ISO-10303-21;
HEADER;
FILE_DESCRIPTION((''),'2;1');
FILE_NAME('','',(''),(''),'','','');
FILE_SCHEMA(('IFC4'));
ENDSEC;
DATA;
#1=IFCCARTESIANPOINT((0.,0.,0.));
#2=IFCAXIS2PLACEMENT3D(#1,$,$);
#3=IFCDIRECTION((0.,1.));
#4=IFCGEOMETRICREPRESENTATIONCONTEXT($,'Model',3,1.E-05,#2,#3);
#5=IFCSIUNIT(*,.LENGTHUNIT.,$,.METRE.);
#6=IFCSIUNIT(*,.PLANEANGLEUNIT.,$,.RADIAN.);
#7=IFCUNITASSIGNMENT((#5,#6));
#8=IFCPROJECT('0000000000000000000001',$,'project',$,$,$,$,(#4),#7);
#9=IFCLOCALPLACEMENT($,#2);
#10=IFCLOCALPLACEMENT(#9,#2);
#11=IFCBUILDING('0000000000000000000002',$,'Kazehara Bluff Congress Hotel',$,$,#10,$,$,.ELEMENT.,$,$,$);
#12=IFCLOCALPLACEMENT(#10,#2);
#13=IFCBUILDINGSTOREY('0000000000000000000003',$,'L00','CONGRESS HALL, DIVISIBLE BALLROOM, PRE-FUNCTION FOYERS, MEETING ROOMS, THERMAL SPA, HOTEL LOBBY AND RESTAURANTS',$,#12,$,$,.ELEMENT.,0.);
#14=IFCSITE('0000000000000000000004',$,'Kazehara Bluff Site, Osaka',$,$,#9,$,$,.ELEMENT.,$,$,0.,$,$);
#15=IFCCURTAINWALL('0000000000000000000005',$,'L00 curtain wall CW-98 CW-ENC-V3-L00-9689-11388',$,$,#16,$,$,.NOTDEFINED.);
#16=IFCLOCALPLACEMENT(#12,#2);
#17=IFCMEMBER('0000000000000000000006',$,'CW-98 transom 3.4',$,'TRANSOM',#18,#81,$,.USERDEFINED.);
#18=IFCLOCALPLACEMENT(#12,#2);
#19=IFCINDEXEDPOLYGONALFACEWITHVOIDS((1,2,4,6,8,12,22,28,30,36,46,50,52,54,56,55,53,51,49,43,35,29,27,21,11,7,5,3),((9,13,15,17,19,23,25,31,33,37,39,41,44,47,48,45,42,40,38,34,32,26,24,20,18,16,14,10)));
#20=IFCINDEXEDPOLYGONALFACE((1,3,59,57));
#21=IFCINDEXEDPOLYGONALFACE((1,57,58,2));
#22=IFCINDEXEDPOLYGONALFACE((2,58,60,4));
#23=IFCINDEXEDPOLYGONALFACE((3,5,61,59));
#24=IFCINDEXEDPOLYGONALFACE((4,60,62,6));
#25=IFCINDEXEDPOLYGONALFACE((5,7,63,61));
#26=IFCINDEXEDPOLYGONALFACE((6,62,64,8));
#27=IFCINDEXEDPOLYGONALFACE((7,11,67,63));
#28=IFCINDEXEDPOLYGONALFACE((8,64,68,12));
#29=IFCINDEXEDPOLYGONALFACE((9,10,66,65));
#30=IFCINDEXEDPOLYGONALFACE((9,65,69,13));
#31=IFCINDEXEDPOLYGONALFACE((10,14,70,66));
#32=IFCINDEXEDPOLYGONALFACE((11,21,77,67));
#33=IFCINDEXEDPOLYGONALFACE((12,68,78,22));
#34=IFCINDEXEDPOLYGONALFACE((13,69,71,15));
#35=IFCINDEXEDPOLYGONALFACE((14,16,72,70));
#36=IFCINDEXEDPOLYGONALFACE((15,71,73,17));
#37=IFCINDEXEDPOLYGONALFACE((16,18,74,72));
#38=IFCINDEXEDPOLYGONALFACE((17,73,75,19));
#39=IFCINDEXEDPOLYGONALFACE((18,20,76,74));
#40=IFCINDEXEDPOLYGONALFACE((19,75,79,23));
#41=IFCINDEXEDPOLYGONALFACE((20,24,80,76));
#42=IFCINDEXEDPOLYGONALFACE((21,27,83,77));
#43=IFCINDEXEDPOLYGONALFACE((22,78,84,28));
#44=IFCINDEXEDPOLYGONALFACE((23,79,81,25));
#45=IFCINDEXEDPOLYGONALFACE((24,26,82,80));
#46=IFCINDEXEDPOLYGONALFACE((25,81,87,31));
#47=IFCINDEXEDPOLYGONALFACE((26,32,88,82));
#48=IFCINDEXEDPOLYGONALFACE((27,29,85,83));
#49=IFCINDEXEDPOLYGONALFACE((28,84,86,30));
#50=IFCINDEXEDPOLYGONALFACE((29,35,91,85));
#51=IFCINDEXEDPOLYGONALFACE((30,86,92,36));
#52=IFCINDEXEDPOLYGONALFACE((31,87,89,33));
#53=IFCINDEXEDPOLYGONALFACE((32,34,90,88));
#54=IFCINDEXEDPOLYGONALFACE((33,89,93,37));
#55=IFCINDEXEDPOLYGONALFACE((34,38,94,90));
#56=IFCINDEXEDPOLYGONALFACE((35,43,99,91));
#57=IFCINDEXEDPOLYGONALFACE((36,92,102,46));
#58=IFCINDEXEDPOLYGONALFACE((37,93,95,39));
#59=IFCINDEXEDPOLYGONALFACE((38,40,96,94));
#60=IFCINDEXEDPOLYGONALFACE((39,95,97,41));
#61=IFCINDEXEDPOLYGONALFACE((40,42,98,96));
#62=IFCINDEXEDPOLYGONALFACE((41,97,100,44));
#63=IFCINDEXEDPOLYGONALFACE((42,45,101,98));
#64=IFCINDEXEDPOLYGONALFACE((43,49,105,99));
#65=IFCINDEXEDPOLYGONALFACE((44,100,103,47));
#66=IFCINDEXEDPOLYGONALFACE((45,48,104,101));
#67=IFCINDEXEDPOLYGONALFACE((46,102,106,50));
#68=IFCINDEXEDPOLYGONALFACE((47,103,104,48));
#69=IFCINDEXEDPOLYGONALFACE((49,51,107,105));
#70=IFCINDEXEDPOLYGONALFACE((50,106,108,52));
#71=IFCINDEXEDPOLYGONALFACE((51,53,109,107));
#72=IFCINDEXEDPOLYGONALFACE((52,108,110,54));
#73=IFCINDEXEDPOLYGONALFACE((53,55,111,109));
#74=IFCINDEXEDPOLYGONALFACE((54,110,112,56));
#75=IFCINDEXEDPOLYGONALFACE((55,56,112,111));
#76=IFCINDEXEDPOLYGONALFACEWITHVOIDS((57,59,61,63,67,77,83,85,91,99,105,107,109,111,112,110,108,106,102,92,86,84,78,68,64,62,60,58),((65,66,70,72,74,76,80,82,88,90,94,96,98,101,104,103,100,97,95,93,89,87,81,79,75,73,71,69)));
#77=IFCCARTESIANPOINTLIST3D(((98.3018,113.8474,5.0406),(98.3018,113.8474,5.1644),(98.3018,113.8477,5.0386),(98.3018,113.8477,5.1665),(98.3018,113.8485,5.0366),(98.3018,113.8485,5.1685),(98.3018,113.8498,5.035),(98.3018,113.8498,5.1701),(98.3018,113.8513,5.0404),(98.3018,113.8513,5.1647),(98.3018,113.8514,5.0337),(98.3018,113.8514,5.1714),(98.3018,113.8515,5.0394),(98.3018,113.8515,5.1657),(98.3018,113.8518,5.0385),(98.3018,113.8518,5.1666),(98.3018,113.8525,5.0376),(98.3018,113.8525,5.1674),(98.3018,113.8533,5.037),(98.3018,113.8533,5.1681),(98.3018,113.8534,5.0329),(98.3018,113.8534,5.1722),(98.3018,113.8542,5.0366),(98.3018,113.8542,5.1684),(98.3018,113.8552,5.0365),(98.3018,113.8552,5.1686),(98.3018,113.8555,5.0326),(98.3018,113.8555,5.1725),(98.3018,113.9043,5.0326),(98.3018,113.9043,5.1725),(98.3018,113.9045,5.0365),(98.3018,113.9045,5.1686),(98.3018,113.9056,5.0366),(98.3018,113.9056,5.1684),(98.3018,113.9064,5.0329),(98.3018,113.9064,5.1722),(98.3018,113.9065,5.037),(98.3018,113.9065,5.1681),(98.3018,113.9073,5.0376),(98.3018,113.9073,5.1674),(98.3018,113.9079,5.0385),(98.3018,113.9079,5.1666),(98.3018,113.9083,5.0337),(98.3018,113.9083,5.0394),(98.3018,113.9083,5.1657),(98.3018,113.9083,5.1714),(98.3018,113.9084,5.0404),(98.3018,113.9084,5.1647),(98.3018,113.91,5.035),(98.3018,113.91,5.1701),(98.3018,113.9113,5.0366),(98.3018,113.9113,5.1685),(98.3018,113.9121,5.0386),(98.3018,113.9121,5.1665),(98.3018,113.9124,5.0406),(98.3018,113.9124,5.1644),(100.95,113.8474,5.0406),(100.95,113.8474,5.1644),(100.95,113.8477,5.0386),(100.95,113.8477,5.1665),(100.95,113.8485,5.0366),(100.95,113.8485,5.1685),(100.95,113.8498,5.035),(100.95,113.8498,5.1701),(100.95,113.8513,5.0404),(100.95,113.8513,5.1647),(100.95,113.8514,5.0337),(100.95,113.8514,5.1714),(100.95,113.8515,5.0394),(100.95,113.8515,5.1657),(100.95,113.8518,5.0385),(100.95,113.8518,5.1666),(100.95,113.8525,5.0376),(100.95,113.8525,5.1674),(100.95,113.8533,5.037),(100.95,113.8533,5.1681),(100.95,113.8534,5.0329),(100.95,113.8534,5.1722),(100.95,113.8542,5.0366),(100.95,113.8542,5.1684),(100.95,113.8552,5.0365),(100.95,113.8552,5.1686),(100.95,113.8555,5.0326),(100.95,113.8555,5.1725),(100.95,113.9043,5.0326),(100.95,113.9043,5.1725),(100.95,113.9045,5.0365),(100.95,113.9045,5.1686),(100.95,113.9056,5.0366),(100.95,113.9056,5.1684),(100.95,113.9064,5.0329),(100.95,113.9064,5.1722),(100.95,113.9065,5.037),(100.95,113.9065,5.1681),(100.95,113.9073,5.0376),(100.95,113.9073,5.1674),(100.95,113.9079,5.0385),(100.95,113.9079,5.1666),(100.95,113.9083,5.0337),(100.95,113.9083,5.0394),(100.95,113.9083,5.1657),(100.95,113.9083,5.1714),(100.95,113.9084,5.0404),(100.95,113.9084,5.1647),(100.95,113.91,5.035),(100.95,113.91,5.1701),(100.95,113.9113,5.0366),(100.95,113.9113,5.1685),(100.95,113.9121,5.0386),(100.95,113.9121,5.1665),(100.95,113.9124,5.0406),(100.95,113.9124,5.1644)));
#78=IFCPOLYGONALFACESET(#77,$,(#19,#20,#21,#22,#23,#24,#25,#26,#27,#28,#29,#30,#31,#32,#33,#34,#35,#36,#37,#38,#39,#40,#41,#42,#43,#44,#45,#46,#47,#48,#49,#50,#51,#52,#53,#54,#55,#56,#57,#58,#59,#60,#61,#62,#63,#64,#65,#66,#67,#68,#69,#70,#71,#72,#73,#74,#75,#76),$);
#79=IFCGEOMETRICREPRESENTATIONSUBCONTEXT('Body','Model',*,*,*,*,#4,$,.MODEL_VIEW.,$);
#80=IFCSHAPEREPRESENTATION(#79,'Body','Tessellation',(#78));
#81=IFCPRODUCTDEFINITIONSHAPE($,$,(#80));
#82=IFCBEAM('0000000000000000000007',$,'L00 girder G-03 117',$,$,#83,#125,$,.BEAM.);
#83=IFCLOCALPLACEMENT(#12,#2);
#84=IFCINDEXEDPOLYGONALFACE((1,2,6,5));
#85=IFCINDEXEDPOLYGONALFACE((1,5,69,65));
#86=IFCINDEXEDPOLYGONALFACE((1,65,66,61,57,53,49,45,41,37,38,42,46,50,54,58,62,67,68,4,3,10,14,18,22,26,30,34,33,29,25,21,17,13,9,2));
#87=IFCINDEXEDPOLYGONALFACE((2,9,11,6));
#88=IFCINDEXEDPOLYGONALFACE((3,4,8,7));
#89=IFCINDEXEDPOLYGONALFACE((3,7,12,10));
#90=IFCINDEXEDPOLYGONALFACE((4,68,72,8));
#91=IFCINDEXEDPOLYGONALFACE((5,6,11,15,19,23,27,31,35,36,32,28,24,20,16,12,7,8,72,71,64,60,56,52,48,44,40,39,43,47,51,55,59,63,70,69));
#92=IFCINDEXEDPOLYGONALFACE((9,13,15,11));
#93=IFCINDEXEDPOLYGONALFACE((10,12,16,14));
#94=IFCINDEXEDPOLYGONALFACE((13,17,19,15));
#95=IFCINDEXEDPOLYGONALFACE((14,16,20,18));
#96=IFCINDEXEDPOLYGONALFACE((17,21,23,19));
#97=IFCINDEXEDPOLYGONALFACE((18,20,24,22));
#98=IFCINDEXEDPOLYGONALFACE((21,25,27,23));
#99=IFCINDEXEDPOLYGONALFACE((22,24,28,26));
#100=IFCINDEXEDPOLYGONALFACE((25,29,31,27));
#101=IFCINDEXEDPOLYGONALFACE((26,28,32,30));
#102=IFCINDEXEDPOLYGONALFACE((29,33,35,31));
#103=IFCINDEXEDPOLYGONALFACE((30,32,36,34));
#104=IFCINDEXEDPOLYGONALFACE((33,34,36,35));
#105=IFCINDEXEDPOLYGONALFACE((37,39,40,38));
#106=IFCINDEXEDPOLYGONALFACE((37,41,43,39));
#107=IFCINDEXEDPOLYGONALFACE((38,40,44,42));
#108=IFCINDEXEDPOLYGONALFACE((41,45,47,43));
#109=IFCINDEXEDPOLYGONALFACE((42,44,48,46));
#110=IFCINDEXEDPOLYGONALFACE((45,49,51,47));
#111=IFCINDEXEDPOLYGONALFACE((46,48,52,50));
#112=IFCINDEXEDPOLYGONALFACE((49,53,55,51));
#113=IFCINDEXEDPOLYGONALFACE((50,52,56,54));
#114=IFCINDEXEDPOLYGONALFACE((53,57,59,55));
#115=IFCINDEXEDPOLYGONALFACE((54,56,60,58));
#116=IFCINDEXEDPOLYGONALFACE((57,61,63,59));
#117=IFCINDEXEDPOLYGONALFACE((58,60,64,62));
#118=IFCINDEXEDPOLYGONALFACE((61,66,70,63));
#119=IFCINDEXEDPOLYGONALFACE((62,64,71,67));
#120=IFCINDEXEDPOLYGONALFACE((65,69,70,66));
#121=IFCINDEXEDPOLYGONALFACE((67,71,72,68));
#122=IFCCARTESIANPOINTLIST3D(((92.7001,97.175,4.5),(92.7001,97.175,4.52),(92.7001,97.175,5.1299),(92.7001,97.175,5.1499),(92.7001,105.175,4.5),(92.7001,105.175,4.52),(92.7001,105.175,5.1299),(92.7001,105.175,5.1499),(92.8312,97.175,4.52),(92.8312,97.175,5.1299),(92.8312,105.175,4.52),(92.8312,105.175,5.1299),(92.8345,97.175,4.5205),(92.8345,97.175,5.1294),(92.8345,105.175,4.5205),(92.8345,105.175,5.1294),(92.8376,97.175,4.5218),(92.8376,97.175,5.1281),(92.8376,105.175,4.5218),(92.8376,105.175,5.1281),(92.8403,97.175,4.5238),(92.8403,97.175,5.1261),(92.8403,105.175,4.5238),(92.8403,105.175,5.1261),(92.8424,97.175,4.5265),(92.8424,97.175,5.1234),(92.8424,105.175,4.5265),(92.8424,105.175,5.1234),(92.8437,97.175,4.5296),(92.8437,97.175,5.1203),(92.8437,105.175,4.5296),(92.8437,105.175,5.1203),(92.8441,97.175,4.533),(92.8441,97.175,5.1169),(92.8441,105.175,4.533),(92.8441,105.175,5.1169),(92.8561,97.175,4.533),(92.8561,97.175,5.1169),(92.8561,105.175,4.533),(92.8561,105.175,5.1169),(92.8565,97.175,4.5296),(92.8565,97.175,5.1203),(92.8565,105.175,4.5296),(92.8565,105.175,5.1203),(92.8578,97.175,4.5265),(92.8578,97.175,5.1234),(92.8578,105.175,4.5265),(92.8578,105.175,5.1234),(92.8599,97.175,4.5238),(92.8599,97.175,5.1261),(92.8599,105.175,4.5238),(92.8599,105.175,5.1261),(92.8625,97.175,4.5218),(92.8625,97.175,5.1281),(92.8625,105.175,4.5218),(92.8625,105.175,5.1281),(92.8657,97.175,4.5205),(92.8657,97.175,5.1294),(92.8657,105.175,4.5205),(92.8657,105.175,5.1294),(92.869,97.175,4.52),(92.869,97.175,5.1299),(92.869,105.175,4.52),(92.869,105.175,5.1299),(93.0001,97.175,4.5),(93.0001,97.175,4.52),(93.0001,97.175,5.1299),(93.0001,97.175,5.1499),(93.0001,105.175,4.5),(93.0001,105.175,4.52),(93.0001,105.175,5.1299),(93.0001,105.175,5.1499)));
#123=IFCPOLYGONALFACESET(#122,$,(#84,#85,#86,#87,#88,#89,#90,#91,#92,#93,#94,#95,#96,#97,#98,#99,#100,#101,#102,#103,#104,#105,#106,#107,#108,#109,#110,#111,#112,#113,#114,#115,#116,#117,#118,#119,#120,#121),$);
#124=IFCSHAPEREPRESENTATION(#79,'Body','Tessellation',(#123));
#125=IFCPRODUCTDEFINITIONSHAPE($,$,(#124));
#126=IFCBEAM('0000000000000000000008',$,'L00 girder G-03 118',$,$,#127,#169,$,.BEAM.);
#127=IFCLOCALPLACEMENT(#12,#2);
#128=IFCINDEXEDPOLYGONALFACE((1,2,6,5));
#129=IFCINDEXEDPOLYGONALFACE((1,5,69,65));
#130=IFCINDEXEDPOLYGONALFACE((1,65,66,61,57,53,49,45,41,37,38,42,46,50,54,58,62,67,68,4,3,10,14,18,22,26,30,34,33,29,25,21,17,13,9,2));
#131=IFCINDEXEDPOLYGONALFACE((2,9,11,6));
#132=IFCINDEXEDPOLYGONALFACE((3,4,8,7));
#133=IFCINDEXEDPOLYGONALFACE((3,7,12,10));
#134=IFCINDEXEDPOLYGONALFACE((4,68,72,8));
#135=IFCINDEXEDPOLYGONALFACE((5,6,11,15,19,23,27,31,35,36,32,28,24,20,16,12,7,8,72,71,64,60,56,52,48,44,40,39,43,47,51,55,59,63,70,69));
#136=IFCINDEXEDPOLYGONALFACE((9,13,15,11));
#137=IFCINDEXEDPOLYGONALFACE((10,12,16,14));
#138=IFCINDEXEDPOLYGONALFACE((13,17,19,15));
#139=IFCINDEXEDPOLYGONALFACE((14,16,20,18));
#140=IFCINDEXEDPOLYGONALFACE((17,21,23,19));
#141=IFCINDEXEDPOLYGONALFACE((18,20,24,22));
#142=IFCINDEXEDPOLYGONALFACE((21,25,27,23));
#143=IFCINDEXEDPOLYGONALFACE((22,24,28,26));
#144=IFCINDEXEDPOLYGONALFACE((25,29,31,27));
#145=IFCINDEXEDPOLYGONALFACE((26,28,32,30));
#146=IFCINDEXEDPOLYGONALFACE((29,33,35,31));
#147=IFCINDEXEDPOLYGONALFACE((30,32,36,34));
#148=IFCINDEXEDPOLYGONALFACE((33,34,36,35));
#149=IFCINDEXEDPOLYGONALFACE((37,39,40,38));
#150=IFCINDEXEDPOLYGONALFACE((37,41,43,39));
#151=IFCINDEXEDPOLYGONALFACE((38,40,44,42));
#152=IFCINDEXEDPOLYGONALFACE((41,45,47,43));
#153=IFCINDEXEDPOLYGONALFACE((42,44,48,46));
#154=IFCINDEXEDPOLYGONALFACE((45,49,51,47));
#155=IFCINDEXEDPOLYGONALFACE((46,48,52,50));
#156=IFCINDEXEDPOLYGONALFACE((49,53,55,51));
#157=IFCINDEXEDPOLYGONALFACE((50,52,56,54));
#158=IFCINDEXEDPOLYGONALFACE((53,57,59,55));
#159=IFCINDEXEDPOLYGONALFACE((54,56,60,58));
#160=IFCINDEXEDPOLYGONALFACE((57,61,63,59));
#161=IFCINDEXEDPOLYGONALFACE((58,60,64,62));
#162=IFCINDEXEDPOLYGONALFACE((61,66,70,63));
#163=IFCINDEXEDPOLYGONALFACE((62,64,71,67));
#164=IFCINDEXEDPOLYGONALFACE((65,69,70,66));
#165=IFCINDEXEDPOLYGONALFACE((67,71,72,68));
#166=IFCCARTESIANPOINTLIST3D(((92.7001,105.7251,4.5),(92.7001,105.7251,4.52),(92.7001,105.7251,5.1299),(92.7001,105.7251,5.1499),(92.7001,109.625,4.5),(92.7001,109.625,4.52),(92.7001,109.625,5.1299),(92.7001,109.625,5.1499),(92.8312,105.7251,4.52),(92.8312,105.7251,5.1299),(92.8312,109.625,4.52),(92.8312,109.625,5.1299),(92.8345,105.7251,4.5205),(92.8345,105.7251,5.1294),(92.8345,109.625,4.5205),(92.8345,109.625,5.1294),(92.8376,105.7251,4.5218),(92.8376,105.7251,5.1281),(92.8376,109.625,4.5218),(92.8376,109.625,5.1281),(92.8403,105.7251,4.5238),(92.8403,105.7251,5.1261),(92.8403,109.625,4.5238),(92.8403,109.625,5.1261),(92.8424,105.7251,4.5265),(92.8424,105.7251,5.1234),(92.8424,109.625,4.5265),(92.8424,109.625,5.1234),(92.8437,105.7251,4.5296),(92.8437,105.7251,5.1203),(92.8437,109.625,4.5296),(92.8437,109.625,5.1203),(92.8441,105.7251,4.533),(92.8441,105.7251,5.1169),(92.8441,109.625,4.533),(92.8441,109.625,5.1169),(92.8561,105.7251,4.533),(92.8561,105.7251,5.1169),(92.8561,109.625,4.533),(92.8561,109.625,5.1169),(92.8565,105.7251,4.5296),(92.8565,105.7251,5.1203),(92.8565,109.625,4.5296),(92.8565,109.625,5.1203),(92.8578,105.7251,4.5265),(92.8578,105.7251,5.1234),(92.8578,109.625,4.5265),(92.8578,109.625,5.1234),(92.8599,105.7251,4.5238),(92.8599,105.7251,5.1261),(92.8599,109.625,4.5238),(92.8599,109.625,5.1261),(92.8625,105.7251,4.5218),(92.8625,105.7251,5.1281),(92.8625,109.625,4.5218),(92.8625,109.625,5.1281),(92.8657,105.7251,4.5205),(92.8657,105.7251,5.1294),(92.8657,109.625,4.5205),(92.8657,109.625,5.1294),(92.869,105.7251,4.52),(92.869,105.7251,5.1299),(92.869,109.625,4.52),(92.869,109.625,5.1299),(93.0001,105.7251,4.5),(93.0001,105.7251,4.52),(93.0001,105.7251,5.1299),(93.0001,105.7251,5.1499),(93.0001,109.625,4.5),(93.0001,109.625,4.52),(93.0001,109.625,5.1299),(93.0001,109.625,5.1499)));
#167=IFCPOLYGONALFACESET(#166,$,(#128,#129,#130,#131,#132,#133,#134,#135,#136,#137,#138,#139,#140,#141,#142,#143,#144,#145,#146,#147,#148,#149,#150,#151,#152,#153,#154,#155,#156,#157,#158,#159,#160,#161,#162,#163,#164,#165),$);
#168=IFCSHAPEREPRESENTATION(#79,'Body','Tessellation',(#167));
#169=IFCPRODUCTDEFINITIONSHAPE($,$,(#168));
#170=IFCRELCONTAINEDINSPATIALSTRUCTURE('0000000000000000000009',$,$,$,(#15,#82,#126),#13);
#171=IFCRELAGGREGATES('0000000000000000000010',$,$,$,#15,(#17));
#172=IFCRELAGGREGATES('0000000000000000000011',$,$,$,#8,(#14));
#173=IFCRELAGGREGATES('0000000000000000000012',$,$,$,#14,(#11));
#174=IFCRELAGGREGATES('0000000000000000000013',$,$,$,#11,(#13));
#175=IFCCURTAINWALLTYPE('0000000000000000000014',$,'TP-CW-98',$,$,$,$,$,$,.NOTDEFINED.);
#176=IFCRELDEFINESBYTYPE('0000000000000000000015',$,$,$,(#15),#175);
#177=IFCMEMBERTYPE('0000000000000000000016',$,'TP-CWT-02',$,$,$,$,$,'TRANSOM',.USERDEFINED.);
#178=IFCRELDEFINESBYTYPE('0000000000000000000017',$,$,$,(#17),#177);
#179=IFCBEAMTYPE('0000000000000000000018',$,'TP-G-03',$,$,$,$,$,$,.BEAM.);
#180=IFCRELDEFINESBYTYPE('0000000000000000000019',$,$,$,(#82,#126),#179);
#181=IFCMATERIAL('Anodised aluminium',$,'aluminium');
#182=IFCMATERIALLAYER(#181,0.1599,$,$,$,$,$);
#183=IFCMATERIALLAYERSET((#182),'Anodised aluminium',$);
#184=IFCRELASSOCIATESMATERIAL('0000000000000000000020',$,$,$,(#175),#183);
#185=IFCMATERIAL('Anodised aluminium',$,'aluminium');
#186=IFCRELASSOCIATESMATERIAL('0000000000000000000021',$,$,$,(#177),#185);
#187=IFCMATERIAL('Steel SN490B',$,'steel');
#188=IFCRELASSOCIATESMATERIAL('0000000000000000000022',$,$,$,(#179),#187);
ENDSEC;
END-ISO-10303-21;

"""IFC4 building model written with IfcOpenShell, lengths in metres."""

from ifc_helpers import new_model, si_unit, direction, frame, origin, origin_2d, place, context, subcontext, project, spatial, hollow_rectangle, i_section, extrude, material, layer, layer_set, material_profile, profile_set, type_object, element, aggregate, save


model = new_model("IFC4")

# Units and contexts
model_context = context("Model", 3, precision=1e-05, world=origin(), true_north=direction((0.0, 1.0)))
body_context = subcontext(model_context, "Body", "Model", "MODEL_VIEW")
ifc_project = project(units=[si_unit("LENGTHUNIT", "METRE"), si_unit("PLANEANGLEUNIT", "RADIAN")], contexts=[model_context])

# Site, building, storey
site_placement = place(None, origin())
site = spatial("IfcSite", under=ifc_project, at=site_placement, Name="Kazehara Bluff Site, Osaka", CompositionType="ELEMENT", RefElevation=0.0)
building_placement = place(site_placement, origin())
building = spatial("IfcBuilding", under=site, at=building_placement, Name="Kazehara Bluff Congress Hotel", CompositionType="ELEMENT")
storey_placement = place(building_placement, origin())
storey = spatial("IfcBuildingStorey", under=building, at=storey_placement, Name="L00", Description="CONGRESS HALL, DIVISIBLE BALLROOM, PRE-FUNCTION FOYERS, MEETING ROOMS, THERMAL SPA, HOTEL LOBBY AND RESTAURANTS", CompositionType="ELEMENT", Elevation=0.0)

# Curtain wall, member
ifc_material_1 = material(Name="Anodised aluminium", Category="aluminium")
ifc_layer_1 = layer(ifc_material_1, 0.1599)
ifc_layer_set_1 = layer_set([ifc_layer_1], Name="Anodised aluminium")
curtain_wall_type = type_object("IfcCurtainWallType", Name="TP-CW-98", PredefinedType="NOTDEFINED", material=ifc_layer_set_1)
curtain_wall_placement = place(storey_placement, origin())
curtain_wall = element("IfcCurtainWall", 1, at=curtain_wall_placement, inside=storey, type_object=curtain_wall_type, Name="L00 curtain wall CW-98 CW-ENC-V3-L00-9689-11388", PredefinedType="NOTDEFINED")
ifc_material_2 = material(Name="Anodised aluminium", Category="aluminium")
ifc_material_profile_1 = material_profile(ifc_material_2, hollow_rectangle(XDim=0.0649, YDim=0.1399, WallThickness=0.0039, InnerFilletRadius=0.0039, OuterFilletRadius=0.0081, at=origin_2d()))
ifc_profile_set_1 = profile_set([ifc_material_profile_1], Name="Anodised aluminium")
member_type_1 = type_object("IfcMemberType", Name="TP-CWT-02", ElementType="TRANSOM", PredefinedType="USERDEFINED", material=ifc_profile_set_1)
member_1_placement = place(storey_placement, frame((98.3018, 113.8799, 5.1025), z_axis=(1.0, 0.0, 0.0), x_axis=(0.0, 1.0, 0.0)))
member_1 = element("IfcMember", 2, at=member_1_placement, type_object=member_type_1, Name="CW-98 transom 3.4", ObjectType="TRANSOM", PredefinedType="USERDEFINED", context=body_context, shape_type="SweptSolid", body=[
    extrude(hollow_rectangle(XDim=0.0649, YDim=0.1399, WallThickness=0.0039, InnerFilletRadius=0.0039, OuterFilletRadius=0.0081, at=origin_2d()), origin(), (0.0, 0.0, 1.0), 2.6482),
])

# Beams
ifc_material_3 = material(Name="Steel SN490B", Category="steel")
ifc_material_profile_2 = material_profile(ifc_material_3, i_section(OverallWidth=0.3, OverallDepth=0.6499, WebThickness=0.012, FlangeThickness=0.02, FilletRadius=0.0129, at=origin_2d()))
ifc_profile_set_2 = profile_set([ifc_material_profile_2], Name="Steel SN490B")
beam_type_1 = type_object("IfcBeamType", Name="TP-G-03", PredefinedType="BEAM", material=ifc_profile_set_2)
beam_1_placement = place(storey_placement, frame((92.8501, 97.175, 4.825), z_axis=(0.0, 1.0, 0.0), x_axis=(-1.0, 0.0, 0.0)))
element("IfcBeam", 3, at=beam_1_placement, inside=storey, type_object=beam_type_1, Name="L00 girder G-03 117", PredefinedType="BEAM", context=body_context, shape_type="SweptSolid", body=[
    extrude(i_section(OverallWidth=0.3, OverallDepth=0.6499, WebThickness=0.012, FlangeThickness=0.02, FilletRadius=0.0129, at=origin_2d()), origin(), (0.0, 0.0, 1.0), 8.0),
])
beam_2_placement = place(storey_placement, frame((92.8501, 105.7251, 4.825), z_axis=(0.0, 1.0, 0.0), x_axis=(-1.0, 0.0, 0.0)))
element("IfcBeam", 4, at=beam_2_placement, inside=storey, type_object=beam_type_1, Name="L00 girder G-03 118", PredefinedType="BEAM", context=body_context, shape_type="SweptSolid", body=[
    extrude(i_section(OverallWidth=0.3, OverallDepth=0.6499, WebThickness=0.012, FlangeThickness=0.02, FilletRadius=0.0129, at=origin_2d()), origin(), (0.0, 0.0, 1.0), 3.8999),
])

aggregate(curtain_wall, [member_1])

save(model, "model.ifc")
